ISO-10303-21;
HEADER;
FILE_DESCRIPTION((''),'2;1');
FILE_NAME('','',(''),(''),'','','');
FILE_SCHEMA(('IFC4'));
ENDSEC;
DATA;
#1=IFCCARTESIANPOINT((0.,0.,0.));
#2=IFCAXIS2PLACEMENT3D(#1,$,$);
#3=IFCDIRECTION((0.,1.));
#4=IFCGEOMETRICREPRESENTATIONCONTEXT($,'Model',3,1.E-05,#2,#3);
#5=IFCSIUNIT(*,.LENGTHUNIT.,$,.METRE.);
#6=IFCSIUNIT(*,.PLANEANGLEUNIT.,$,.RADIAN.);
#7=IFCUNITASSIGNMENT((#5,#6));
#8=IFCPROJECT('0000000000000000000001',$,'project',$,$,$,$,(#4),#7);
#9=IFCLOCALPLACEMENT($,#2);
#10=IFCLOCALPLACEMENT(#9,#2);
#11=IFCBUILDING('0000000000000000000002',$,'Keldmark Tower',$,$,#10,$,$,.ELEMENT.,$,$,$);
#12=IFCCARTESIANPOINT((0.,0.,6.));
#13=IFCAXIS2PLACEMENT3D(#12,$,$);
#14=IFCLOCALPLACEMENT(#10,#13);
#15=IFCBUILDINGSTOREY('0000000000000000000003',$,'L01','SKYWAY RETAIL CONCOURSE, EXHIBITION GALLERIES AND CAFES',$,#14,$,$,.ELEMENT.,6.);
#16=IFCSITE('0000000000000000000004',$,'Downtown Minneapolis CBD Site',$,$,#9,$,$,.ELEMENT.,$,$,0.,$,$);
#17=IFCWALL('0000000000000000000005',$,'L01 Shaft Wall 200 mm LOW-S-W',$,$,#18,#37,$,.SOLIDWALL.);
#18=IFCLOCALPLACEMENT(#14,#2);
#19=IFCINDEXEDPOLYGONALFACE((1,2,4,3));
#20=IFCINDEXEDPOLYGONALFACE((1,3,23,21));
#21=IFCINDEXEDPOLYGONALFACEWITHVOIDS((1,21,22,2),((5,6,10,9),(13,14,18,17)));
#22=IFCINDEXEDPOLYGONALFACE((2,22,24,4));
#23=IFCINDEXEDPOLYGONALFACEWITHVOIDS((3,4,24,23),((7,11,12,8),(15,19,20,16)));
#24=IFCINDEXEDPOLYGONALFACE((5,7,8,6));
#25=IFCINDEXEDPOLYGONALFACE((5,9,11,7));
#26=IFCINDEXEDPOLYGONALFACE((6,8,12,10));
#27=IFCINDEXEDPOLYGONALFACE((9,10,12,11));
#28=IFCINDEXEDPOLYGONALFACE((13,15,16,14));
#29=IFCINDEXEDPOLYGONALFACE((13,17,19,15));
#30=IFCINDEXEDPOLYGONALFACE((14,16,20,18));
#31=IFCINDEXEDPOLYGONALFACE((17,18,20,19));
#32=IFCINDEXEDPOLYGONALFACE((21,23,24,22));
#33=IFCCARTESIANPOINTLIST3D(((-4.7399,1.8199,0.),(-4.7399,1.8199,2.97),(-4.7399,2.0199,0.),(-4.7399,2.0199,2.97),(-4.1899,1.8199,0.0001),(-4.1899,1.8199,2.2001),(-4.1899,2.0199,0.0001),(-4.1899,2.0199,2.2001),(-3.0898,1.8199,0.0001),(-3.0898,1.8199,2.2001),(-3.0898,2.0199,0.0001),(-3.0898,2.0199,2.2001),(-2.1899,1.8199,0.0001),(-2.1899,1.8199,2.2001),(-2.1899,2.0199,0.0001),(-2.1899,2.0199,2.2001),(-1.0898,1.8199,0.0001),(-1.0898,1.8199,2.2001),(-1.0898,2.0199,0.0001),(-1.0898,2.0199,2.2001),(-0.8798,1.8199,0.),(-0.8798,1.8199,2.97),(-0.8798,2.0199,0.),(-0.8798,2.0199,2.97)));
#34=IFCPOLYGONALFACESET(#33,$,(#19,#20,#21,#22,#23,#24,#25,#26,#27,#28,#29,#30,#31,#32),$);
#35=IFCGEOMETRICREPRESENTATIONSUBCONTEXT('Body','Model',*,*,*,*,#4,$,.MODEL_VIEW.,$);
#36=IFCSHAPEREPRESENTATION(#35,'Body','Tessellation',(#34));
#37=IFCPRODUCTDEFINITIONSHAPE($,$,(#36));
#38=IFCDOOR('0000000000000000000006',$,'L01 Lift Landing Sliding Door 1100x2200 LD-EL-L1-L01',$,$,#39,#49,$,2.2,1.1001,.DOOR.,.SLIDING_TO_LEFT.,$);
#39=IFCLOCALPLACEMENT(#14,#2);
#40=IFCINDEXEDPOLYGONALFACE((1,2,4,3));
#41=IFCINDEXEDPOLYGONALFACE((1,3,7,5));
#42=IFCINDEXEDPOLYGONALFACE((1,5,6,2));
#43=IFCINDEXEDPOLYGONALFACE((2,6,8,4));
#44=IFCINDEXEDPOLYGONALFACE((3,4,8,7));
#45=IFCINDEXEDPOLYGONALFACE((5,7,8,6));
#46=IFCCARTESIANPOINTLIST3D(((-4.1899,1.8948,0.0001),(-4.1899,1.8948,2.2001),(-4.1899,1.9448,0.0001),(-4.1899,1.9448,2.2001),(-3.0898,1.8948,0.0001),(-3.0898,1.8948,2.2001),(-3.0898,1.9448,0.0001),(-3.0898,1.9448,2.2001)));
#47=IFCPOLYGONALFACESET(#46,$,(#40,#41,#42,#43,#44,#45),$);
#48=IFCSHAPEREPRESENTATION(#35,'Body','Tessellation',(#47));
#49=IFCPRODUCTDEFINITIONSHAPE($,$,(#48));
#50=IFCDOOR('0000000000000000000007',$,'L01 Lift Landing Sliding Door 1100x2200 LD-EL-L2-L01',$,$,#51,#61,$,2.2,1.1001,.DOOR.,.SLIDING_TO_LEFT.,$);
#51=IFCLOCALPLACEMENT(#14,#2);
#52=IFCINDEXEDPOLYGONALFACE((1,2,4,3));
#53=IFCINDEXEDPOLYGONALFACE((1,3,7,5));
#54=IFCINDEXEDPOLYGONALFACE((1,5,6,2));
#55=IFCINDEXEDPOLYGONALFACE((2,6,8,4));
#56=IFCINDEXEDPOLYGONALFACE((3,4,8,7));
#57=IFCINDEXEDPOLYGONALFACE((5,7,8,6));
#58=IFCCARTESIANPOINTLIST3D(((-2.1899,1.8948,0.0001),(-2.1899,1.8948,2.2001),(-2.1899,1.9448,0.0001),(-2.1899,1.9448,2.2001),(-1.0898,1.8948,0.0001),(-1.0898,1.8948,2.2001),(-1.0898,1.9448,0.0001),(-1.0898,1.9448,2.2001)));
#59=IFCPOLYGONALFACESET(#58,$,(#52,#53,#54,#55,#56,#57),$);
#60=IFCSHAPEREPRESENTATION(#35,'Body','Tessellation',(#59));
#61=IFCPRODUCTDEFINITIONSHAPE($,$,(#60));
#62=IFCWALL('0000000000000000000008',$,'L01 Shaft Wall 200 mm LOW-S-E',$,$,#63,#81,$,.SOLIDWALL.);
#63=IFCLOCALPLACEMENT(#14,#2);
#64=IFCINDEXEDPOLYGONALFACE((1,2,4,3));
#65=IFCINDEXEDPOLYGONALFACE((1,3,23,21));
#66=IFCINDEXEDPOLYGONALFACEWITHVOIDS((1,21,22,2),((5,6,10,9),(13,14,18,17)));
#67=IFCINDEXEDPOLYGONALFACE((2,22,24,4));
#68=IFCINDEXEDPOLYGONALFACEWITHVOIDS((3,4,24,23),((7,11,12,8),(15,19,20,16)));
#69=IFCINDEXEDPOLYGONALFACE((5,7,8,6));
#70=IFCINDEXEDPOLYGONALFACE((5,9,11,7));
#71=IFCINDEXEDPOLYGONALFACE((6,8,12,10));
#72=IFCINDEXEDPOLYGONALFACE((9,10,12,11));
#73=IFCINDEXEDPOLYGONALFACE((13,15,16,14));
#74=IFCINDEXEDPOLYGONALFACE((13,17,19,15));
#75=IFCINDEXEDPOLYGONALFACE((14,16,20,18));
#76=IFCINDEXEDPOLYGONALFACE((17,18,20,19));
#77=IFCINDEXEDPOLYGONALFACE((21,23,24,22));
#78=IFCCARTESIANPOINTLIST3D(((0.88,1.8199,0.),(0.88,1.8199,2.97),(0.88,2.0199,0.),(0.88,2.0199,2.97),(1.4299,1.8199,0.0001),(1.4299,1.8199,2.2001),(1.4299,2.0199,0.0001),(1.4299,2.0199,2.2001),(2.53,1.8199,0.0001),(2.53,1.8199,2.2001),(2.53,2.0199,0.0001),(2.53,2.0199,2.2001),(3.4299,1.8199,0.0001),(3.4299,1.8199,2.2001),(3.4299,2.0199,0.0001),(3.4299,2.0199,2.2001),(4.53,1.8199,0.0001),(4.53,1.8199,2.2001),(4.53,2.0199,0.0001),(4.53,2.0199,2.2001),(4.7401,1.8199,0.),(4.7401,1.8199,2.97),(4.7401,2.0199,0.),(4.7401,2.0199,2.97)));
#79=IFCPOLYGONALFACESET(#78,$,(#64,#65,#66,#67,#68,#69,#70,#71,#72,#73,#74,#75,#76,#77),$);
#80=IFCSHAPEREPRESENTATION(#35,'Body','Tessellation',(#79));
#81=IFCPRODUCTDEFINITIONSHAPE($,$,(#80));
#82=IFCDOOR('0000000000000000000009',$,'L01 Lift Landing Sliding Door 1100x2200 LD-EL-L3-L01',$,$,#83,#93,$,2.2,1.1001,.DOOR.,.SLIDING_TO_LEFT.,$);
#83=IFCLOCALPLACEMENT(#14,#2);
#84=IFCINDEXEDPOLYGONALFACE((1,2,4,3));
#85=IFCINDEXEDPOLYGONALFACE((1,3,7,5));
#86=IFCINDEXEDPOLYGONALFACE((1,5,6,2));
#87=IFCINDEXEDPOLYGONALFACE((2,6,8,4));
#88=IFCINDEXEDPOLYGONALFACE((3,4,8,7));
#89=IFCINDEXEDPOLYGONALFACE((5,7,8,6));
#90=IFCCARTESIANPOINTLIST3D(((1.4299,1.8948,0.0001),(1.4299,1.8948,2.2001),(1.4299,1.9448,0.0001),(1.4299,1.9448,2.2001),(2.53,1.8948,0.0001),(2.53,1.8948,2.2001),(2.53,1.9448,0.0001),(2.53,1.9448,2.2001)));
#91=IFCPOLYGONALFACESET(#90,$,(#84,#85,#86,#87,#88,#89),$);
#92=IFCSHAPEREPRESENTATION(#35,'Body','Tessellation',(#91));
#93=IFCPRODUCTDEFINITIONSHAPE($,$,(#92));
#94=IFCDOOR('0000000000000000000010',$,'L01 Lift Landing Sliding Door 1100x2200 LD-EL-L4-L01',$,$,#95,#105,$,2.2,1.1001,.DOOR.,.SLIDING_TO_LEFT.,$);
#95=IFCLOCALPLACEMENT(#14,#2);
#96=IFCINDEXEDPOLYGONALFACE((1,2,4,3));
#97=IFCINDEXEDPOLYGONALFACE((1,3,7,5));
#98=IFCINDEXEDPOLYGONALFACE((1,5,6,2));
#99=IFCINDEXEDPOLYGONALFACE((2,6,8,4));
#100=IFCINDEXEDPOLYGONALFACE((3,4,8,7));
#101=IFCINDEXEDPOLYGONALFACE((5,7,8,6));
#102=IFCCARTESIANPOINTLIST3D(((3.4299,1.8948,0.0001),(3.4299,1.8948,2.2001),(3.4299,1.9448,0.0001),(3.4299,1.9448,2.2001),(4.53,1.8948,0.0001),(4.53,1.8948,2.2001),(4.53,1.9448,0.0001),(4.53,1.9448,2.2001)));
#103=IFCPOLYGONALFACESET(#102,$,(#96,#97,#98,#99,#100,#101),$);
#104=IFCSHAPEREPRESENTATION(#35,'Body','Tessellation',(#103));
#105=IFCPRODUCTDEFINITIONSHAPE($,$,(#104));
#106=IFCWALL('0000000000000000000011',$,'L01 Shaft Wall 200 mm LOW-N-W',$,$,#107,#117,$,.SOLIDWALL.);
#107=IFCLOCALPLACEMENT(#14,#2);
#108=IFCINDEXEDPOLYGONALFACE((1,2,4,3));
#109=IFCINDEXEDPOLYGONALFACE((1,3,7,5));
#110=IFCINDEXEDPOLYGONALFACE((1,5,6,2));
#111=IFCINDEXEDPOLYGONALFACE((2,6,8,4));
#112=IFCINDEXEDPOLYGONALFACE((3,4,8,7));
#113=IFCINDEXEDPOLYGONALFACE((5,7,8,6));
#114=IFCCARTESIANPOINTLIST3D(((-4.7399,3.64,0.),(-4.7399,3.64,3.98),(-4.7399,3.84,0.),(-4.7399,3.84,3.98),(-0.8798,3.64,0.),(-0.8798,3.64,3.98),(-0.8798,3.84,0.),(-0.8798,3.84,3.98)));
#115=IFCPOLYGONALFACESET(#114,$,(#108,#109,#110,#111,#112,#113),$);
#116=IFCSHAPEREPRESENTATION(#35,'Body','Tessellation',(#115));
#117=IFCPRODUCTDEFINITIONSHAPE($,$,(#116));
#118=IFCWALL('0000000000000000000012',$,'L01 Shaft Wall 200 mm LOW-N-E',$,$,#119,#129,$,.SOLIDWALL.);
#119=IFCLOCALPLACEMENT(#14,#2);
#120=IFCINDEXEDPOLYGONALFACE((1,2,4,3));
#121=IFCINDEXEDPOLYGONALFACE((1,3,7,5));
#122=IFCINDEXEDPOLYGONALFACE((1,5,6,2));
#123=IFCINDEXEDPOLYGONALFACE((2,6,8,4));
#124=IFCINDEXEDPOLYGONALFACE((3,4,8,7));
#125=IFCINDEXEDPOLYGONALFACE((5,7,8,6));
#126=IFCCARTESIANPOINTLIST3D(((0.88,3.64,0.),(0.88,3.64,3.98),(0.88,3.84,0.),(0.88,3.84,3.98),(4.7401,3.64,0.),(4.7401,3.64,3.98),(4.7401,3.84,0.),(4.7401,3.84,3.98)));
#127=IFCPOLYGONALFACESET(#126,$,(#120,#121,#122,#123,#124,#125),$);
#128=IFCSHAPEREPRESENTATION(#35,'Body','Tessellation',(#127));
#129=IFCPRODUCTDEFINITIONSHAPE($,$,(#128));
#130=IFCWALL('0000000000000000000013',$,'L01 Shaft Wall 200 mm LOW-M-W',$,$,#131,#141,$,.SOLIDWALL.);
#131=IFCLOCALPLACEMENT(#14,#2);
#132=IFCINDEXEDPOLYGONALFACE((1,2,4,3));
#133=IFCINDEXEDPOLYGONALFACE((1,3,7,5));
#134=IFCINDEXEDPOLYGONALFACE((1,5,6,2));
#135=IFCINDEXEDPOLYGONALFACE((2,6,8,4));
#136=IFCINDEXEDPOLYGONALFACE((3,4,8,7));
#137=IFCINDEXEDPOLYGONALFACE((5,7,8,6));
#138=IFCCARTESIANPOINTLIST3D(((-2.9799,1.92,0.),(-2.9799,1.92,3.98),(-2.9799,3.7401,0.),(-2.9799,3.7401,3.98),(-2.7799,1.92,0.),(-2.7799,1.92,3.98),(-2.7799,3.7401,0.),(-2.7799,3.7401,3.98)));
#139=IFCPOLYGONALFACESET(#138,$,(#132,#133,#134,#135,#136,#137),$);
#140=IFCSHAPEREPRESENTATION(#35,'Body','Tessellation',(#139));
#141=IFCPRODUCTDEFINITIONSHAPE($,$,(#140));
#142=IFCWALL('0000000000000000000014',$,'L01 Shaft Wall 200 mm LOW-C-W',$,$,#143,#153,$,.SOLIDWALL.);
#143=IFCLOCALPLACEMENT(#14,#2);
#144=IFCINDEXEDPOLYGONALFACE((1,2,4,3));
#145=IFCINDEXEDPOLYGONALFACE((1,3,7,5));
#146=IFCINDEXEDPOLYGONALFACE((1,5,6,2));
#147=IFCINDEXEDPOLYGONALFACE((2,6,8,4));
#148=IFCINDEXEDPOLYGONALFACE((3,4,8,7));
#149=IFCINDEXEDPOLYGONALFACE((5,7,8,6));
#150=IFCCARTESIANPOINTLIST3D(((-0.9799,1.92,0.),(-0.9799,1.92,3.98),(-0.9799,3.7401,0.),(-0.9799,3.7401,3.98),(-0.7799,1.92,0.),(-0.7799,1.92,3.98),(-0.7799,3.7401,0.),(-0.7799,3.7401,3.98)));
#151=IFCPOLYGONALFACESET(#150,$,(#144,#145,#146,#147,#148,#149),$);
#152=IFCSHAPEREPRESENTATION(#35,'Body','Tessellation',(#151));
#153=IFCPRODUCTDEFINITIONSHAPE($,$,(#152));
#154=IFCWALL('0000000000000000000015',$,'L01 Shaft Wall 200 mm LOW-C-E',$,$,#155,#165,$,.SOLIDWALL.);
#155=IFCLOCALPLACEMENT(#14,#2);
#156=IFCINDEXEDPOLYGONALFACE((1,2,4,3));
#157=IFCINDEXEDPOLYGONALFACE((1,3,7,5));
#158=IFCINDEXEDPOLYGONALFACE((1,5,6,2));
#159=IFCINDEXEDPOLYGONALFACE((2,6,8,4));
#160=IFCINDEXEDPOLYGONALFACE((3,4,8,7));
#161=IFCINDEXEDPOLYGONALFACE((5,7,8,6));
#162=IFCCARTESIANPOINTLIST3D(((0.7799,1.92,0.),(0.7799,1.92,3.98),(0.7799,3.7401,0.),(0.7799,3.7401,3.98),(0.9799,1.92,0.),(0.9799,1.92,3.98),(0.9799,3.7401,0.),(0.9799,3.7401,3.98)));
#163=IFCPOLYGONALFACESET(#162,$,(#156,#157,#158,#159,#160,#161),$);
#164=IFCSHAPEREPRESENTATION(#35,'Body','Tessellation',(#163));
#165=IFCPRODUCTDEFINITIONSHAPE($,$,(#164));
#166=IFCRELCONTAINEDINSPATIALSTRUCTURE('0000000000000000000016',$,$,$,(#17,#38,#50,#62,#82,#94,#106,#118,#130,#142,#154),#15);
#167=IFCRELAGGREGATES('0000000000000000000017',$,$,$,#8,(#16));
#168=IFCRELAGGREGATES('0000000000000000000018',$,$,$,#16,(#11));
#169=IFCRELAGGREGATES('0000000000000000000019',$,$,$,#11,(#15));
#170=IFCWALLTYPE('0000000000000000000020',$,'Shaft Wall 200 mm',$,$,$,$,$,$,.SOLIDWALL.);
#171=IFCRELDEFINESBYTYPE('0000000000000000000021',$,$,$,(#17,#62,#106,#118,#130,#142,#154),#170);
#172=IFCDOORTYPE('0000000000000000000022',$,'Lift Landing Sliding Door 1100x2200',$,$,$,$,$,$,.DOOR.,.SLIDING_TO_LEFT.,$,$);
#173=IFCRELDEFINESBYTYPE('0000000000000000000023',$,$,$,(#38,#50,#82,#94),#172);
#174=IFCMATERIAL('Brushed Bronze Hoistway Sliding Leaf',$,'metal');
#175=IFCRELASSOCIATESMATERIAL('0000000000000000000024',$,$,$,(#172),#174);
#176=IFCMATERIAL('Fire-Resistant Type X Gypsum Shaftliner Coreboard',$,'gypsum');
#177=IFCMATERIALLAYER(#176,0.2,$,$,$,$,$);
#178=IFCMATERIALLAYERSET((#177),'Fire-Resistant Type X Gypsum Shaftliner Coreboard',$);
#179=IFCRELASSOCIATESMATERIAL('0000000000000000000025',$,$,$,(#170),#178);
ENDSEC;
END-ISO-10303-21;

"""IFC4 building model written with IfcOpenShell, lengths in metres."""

from ifc_helpers import new_model, si_unit, direction, frame, frame_2d, origin, place, context, subcontext, project, spatial, rectangle, extrude, material, layer, layer_set, type_object, element, fill, save


model = new_model("IFC4")

# Units and contexts
model_context = context("Model", 3, precision=1e-05, world=origin(), true_north=direction((0.0, 1.0)))
body_context = subcontext(model_context, "Body", "Model", "MODEL_VIEW")
ifc_project = project(units=[si_unit("LENGTHUNIT", "METRE"), si_unit("PLANEANGLEUNIT", "RADIAN")], contexts=[model_context])

# Site, building, storey
site_placement = place(None, origin())
site = spatial("IfcSite", under=ifc_project, at=site_placement, Name="Downtown Minneapolis CBD Site", CompositionType="ELEMENT", RefElevation=0.0)
building_placement = place(site_placement, origin())
building = spatial("IfcBuilding", under=site, at=building_placement, Name="Keldmark Tower", CompositionType="ELEMENT")
storey_placement = place(building_placement, frame((0.0, 0.0, 6.0)))
storey = spatial("IfcBuildingStorey", under=building, at=storey_placement, Name="L01", Description="SKYWAY RETAIL CONCOURSE, EXHIBITION GALLERIES AND CAFES", CompositionType="ELEMENT", Elevation=6.0)

# Walls, openings, doors
ifc_material_1 = material(Name="Brushed Bronze Hoistway Sliding Leaf", Category="metal")
door_type_1 = type_object("IfcDoorType", Name="Lift Landing Sliding Door 1100x2200", OperationType="SLIDING_TO_LEFT", PredefinedType="DOOR", material=ifc_material_1)
ifc_material_2 = material(Name="Fire-Resistant Type X Gypsum Shaftliner Coreboard", Category="gypsum")
ifc_layer_1 = layer(ifc_material_2, 0.2)
ifc_layer_set_1 = layer_set([ifc_layer_1], Name="Fire-Resistant Type X Gypsum Shaftliner Coreboard")
wall_type_1 = type_object("IfcWallType", Name="Shaft Wall 200 mm", PredefinedType="SOLIDWALL", material=ifc_layer_set_1)
wall_1_placement = place(storey_placement, frame((-4.74, 1.9199, 0.0), z_axis=(0.0, 0.0, 1.0), x_axis=(1.0, 0.0, 0.0)))
wall_1 = element("IfcWall", 1, at=wall_1_placement, inside=storey, type_object=wall_type_1, Name="L01 Shaft Wall 200 mm LOW-S-W", PredefinedType="SOLIDWALL", context=body_context, shape_type="SweptSolid", body=[
    extrude(rectangle(XDim=3.8601, YDim=0.2, at=frame_2d((1.9302, 0.0))), origin(), (0.0, 0.0, 1.0), 2.97),
])
opening_1_placement = place(wall_1_placement, frame((0.55, 0.0, 0.0)))
opening_1 = element("IfcOpeningElement", 2, at=opening_1_placement, cuts=wall_1, PredefinedType="OPENING", context=body_context, shape_type="SweptSolid", body=[
    extrude(rectangle(XDim=1.1001, YDim=2.2, at=frame_2d((0.55, 1.1001))), frame((0.0, 0.1099, 0.0), z_axis=(0.0, -1.0, 0.0), x_axis=(1.0, 0.0, 0.0)), (0.0, 0.0, 1.0), 0.22),
])
opening_2_placement = place(wall_1_placement, frame((2.55, 0.0, 0.0)))
opening_2 = element("IfcOpeningElement", 3, at=opening_2_placement, cuts=wall_1, PredefinedType="OPENING", context=body_context, shape_type="SweptSolid", body=[
    extrude(rectangle(XDim=1.1001, YDim=2.2, at=frame_2d((0.55, 1.1001))), frame((0.0, 0.1099, 0.0), z_axis=(0.0, -1.0, 0.0), x_axis=(1.0, 0.0, 0.0)), (0.0, 0.0, 1.0), 0.22),
])
door_1_placement = place(opening_1_placement, origin())
door_1 = element("IfcDoor", 4, at=door_1_placement, inside=storey, type_object=door_type_1, Name="L01 Lift Landing Sliding Door 1100x2200 LD-EL-L1-L01", OperationType="SLIDING_TO_LEFT", OverallHeight=2.2, OverallWidth=1.1001, PredefinedType="DOOR", context=body_context, shape_type="SweptSolid", body=[
    extrude(rectangle(XDim=1.1001, YDim=2.2, at=frame_2d((0.55, 1.1001))), frame((0.0, 0.0249, 0.0), z_axis=(0.0, -1.0, 0.0), x_axis=(1.0, 0.0, 0.0)), (0.0, 0.0, 1.0), 0.05),
])
fill(opening_1, door_1)
door_2_placement = place(opening_2_placement, origin())
door_2 = element("IfcDoor", 5, at=door_2_placement, inside=storey, type_object=door_type_1, Name="L01 Lift Landing Sliding Door 1100x2200 LD-EL-L2-L01", OperationType="SLIDING_TO_LEFT", OverallHeight=2.2, OverallWidth=1.1001, PredefinedType="DOOR", context=body_context, shape_type="SweptSolid", body=[
    extrude(rectangle(XDim=1.1001, YDim=2.2, at=frame_2d((0.55, 1.1001))), frame((0.0, 0.0249, 0.0), z_axis=(0.0, -1.0, 0.0), x_axis=(1.0, 0.0, 0.0)), (0.0, 0.0, 1.0), 0.05),
])
fill(opening_2, door_2)
wall_2_placement = place(storey_placement, frame((0.8799, 1.9199, 0.0), z_axis=(0.0, 0.0, 1.0), x_axis=(1.0, 0.0, 0.0)))
wall_2 = element("IfcWall", 6, at=wall_2_placement, inside=storey, type_object=wall_type_1, Name="L01 Shaft Wall 200 mm LOW-S-E", PredefinedType="SOLIDWALL", context=body_context, shape_type="SweptSolid", body=[
    extrude(rectangle(XDim=3.8601, YDim=0.2, at=frame_2d((1.9302, 0.0))), origin(), (0.0, 0.0, 1.0), 2.97),
])
opening_3_placement = place(wall_2_placement, frame((0.55, 0.0, 0.0)))
opening_3 = element("IfcOpeningElement", 7, at=opening_3_placement, cuts=wall_2, PredefinedType="OPENING", context=body_context, shape_type="SweptSolid", body=[
    extrude(rectangle(XDim=1.1001, YDim=2.2, at=frame_2d((0.55, 1.1001))), frame((0.0, 0.1099, 0.0), z_axis=(0.0, -1.0, 0.0), x_axis=(1.0, 0.0, 0.0)), (0.0, 0.0, 1.0), 0.22),
])
opening_4_placement = place(wall_2_placement, frame((2.55, 0.0, 0.0)))
opening_4 = element("IfcOpeningElement", 8, at=opening_4_placement, cuts=wall_2, PredefinedType="OPENING", context=body_context, shape_type="SweptSolid", body=[
    extrude(rectangle(XDim=1.1001, YDim=2.2, at=frame_2d((0.55, 1.1001))), frame((0.0, 0.1099, 0.0), z_axis=(0.0, -1.0, 0.0), x_axis=(1.0, 0.0, 0.0)), (0.0, 0.0, 1.0), 0.22),
])
door_3_placement = place(opening_3_placement, origin())
door_3 = element("IfcDoor", 9, at=door_3_placement, inside=storey, type_object=door_type_1, Name="L01 Lift Landing Sliding Door 1100x2200 LD-EL-L3-L01", OperationType="SLIDING_TO_LEFT", OverallHeight=2.2, OverallWidth=1.1001, PredefinedType="DOOR", context=body_context, shape_type="SweptSolid", body=[
    extrude(rectangle(XDim=1.1001, YDim=2.2, at=frame_2d((0.55, 1.1001))), frame((0.0, 0.0249, 0.0), z_axis=(0.0, -1.0, 0.0), x_axis=(1.0, 0.0, 0.0)), (0.0, 0.0, 1.0), 0.05),
])
fill(opening_3, door_3)
door_4_placement = place(opening_4_placement, origin())
door_4 = element("IfcDoor", 10, at=door_4_placement, inside=storey, type_object=door_type_1, Name="L01 Lift Landing Sliding Door 1100x2200 LD-EL-L4-L01", OperationType="SLIDING_TO_LEFT", OverallHeight=2.2, OverallWidth=1.1001, PredefinedType="DOOR", context=body_context, shape_type="SweptSolid", body=[
    extrude(rectangle(XDim=1.1001, YDim=2.2, at=frame_2d((0.55, 1.1001))), frame((0.0, 0.0249, 0.0), z_axis=(0.0, -1.0, 0.0), x_axis=(1.0, 0.0, 0.0)), (0.0, 0.0, 1.0), 0.05),
])
fill(opening_4, door_4)

# Walls
for number, where, z_axis, x_axis, name in (
    (11, (-4.74, 3.74, 0.0), (0.0, 0.0, 1.0), (1.0, 0.0, 0.0), "L01 Shaft Wall 200 mm LOW-N-W"),
    (12, (0.8799, 3.74, 0.0), (0.0, 0.0, 1.0), (1.0, 0.0, 0.0), "L01 Shaft Wall 200 mm LOW-N-E"),
):
    element("IfcWall", number, at=place(storey_placement, frame(where, z_axis=z_axis, x_axis=x_axis)), inside=storey, type_object=wall_type_1, Name=name, PredefinedType="SOLIDWALL", context=body_context, shape_type="SweptSolid", body=[
        extrude(rectangle(XDim=3.8601, YDim=0.2, at=frame_2d((1.9302, 0.0))), origin(), (0.0, 0.0, 1.0), 3.98),
    ])
for number, where, z_axis, x_axis, name in (
    (13, (-2.8799, 1.9199, 0.0), (0.0, 0.0, 1.0), (0.0, 1.0, 0.0), "L01 Shaft Wall 200 mm LOW-M-W"),
    (14, (-0.8799, 1.9199, 0.0), (0.0, 0.0, 1.0), (0.0, 1.0, 0.0), "L01 Shaft Wall 200 mm LOW-C-W"),
    (15, (0.8799, 1.9199, 0.0), (0.0, 0.0, 1.0), (0.0, 1.0, 0.0), "L01 Shaft Wall 200 mm LOW-C-E"),
):
    element("IfcWall", number, at=place(storey_placement, frame(where, z_axis=z_axis, x_axis=x_axis)), inside=storey, type_object=wall_type_1, Name=name, PredefinedType="SOLIDWALL", context=body_context, shape_type="SweptSolid", body=[
        extrude(rectangle(XDim=1.8201, YDim=0.2, at=frame_2d((0.9102, 0.0))), origin(), (0.0, 0.0, 1.0), 3.98),
    ])

save(model, "model.ifc")
